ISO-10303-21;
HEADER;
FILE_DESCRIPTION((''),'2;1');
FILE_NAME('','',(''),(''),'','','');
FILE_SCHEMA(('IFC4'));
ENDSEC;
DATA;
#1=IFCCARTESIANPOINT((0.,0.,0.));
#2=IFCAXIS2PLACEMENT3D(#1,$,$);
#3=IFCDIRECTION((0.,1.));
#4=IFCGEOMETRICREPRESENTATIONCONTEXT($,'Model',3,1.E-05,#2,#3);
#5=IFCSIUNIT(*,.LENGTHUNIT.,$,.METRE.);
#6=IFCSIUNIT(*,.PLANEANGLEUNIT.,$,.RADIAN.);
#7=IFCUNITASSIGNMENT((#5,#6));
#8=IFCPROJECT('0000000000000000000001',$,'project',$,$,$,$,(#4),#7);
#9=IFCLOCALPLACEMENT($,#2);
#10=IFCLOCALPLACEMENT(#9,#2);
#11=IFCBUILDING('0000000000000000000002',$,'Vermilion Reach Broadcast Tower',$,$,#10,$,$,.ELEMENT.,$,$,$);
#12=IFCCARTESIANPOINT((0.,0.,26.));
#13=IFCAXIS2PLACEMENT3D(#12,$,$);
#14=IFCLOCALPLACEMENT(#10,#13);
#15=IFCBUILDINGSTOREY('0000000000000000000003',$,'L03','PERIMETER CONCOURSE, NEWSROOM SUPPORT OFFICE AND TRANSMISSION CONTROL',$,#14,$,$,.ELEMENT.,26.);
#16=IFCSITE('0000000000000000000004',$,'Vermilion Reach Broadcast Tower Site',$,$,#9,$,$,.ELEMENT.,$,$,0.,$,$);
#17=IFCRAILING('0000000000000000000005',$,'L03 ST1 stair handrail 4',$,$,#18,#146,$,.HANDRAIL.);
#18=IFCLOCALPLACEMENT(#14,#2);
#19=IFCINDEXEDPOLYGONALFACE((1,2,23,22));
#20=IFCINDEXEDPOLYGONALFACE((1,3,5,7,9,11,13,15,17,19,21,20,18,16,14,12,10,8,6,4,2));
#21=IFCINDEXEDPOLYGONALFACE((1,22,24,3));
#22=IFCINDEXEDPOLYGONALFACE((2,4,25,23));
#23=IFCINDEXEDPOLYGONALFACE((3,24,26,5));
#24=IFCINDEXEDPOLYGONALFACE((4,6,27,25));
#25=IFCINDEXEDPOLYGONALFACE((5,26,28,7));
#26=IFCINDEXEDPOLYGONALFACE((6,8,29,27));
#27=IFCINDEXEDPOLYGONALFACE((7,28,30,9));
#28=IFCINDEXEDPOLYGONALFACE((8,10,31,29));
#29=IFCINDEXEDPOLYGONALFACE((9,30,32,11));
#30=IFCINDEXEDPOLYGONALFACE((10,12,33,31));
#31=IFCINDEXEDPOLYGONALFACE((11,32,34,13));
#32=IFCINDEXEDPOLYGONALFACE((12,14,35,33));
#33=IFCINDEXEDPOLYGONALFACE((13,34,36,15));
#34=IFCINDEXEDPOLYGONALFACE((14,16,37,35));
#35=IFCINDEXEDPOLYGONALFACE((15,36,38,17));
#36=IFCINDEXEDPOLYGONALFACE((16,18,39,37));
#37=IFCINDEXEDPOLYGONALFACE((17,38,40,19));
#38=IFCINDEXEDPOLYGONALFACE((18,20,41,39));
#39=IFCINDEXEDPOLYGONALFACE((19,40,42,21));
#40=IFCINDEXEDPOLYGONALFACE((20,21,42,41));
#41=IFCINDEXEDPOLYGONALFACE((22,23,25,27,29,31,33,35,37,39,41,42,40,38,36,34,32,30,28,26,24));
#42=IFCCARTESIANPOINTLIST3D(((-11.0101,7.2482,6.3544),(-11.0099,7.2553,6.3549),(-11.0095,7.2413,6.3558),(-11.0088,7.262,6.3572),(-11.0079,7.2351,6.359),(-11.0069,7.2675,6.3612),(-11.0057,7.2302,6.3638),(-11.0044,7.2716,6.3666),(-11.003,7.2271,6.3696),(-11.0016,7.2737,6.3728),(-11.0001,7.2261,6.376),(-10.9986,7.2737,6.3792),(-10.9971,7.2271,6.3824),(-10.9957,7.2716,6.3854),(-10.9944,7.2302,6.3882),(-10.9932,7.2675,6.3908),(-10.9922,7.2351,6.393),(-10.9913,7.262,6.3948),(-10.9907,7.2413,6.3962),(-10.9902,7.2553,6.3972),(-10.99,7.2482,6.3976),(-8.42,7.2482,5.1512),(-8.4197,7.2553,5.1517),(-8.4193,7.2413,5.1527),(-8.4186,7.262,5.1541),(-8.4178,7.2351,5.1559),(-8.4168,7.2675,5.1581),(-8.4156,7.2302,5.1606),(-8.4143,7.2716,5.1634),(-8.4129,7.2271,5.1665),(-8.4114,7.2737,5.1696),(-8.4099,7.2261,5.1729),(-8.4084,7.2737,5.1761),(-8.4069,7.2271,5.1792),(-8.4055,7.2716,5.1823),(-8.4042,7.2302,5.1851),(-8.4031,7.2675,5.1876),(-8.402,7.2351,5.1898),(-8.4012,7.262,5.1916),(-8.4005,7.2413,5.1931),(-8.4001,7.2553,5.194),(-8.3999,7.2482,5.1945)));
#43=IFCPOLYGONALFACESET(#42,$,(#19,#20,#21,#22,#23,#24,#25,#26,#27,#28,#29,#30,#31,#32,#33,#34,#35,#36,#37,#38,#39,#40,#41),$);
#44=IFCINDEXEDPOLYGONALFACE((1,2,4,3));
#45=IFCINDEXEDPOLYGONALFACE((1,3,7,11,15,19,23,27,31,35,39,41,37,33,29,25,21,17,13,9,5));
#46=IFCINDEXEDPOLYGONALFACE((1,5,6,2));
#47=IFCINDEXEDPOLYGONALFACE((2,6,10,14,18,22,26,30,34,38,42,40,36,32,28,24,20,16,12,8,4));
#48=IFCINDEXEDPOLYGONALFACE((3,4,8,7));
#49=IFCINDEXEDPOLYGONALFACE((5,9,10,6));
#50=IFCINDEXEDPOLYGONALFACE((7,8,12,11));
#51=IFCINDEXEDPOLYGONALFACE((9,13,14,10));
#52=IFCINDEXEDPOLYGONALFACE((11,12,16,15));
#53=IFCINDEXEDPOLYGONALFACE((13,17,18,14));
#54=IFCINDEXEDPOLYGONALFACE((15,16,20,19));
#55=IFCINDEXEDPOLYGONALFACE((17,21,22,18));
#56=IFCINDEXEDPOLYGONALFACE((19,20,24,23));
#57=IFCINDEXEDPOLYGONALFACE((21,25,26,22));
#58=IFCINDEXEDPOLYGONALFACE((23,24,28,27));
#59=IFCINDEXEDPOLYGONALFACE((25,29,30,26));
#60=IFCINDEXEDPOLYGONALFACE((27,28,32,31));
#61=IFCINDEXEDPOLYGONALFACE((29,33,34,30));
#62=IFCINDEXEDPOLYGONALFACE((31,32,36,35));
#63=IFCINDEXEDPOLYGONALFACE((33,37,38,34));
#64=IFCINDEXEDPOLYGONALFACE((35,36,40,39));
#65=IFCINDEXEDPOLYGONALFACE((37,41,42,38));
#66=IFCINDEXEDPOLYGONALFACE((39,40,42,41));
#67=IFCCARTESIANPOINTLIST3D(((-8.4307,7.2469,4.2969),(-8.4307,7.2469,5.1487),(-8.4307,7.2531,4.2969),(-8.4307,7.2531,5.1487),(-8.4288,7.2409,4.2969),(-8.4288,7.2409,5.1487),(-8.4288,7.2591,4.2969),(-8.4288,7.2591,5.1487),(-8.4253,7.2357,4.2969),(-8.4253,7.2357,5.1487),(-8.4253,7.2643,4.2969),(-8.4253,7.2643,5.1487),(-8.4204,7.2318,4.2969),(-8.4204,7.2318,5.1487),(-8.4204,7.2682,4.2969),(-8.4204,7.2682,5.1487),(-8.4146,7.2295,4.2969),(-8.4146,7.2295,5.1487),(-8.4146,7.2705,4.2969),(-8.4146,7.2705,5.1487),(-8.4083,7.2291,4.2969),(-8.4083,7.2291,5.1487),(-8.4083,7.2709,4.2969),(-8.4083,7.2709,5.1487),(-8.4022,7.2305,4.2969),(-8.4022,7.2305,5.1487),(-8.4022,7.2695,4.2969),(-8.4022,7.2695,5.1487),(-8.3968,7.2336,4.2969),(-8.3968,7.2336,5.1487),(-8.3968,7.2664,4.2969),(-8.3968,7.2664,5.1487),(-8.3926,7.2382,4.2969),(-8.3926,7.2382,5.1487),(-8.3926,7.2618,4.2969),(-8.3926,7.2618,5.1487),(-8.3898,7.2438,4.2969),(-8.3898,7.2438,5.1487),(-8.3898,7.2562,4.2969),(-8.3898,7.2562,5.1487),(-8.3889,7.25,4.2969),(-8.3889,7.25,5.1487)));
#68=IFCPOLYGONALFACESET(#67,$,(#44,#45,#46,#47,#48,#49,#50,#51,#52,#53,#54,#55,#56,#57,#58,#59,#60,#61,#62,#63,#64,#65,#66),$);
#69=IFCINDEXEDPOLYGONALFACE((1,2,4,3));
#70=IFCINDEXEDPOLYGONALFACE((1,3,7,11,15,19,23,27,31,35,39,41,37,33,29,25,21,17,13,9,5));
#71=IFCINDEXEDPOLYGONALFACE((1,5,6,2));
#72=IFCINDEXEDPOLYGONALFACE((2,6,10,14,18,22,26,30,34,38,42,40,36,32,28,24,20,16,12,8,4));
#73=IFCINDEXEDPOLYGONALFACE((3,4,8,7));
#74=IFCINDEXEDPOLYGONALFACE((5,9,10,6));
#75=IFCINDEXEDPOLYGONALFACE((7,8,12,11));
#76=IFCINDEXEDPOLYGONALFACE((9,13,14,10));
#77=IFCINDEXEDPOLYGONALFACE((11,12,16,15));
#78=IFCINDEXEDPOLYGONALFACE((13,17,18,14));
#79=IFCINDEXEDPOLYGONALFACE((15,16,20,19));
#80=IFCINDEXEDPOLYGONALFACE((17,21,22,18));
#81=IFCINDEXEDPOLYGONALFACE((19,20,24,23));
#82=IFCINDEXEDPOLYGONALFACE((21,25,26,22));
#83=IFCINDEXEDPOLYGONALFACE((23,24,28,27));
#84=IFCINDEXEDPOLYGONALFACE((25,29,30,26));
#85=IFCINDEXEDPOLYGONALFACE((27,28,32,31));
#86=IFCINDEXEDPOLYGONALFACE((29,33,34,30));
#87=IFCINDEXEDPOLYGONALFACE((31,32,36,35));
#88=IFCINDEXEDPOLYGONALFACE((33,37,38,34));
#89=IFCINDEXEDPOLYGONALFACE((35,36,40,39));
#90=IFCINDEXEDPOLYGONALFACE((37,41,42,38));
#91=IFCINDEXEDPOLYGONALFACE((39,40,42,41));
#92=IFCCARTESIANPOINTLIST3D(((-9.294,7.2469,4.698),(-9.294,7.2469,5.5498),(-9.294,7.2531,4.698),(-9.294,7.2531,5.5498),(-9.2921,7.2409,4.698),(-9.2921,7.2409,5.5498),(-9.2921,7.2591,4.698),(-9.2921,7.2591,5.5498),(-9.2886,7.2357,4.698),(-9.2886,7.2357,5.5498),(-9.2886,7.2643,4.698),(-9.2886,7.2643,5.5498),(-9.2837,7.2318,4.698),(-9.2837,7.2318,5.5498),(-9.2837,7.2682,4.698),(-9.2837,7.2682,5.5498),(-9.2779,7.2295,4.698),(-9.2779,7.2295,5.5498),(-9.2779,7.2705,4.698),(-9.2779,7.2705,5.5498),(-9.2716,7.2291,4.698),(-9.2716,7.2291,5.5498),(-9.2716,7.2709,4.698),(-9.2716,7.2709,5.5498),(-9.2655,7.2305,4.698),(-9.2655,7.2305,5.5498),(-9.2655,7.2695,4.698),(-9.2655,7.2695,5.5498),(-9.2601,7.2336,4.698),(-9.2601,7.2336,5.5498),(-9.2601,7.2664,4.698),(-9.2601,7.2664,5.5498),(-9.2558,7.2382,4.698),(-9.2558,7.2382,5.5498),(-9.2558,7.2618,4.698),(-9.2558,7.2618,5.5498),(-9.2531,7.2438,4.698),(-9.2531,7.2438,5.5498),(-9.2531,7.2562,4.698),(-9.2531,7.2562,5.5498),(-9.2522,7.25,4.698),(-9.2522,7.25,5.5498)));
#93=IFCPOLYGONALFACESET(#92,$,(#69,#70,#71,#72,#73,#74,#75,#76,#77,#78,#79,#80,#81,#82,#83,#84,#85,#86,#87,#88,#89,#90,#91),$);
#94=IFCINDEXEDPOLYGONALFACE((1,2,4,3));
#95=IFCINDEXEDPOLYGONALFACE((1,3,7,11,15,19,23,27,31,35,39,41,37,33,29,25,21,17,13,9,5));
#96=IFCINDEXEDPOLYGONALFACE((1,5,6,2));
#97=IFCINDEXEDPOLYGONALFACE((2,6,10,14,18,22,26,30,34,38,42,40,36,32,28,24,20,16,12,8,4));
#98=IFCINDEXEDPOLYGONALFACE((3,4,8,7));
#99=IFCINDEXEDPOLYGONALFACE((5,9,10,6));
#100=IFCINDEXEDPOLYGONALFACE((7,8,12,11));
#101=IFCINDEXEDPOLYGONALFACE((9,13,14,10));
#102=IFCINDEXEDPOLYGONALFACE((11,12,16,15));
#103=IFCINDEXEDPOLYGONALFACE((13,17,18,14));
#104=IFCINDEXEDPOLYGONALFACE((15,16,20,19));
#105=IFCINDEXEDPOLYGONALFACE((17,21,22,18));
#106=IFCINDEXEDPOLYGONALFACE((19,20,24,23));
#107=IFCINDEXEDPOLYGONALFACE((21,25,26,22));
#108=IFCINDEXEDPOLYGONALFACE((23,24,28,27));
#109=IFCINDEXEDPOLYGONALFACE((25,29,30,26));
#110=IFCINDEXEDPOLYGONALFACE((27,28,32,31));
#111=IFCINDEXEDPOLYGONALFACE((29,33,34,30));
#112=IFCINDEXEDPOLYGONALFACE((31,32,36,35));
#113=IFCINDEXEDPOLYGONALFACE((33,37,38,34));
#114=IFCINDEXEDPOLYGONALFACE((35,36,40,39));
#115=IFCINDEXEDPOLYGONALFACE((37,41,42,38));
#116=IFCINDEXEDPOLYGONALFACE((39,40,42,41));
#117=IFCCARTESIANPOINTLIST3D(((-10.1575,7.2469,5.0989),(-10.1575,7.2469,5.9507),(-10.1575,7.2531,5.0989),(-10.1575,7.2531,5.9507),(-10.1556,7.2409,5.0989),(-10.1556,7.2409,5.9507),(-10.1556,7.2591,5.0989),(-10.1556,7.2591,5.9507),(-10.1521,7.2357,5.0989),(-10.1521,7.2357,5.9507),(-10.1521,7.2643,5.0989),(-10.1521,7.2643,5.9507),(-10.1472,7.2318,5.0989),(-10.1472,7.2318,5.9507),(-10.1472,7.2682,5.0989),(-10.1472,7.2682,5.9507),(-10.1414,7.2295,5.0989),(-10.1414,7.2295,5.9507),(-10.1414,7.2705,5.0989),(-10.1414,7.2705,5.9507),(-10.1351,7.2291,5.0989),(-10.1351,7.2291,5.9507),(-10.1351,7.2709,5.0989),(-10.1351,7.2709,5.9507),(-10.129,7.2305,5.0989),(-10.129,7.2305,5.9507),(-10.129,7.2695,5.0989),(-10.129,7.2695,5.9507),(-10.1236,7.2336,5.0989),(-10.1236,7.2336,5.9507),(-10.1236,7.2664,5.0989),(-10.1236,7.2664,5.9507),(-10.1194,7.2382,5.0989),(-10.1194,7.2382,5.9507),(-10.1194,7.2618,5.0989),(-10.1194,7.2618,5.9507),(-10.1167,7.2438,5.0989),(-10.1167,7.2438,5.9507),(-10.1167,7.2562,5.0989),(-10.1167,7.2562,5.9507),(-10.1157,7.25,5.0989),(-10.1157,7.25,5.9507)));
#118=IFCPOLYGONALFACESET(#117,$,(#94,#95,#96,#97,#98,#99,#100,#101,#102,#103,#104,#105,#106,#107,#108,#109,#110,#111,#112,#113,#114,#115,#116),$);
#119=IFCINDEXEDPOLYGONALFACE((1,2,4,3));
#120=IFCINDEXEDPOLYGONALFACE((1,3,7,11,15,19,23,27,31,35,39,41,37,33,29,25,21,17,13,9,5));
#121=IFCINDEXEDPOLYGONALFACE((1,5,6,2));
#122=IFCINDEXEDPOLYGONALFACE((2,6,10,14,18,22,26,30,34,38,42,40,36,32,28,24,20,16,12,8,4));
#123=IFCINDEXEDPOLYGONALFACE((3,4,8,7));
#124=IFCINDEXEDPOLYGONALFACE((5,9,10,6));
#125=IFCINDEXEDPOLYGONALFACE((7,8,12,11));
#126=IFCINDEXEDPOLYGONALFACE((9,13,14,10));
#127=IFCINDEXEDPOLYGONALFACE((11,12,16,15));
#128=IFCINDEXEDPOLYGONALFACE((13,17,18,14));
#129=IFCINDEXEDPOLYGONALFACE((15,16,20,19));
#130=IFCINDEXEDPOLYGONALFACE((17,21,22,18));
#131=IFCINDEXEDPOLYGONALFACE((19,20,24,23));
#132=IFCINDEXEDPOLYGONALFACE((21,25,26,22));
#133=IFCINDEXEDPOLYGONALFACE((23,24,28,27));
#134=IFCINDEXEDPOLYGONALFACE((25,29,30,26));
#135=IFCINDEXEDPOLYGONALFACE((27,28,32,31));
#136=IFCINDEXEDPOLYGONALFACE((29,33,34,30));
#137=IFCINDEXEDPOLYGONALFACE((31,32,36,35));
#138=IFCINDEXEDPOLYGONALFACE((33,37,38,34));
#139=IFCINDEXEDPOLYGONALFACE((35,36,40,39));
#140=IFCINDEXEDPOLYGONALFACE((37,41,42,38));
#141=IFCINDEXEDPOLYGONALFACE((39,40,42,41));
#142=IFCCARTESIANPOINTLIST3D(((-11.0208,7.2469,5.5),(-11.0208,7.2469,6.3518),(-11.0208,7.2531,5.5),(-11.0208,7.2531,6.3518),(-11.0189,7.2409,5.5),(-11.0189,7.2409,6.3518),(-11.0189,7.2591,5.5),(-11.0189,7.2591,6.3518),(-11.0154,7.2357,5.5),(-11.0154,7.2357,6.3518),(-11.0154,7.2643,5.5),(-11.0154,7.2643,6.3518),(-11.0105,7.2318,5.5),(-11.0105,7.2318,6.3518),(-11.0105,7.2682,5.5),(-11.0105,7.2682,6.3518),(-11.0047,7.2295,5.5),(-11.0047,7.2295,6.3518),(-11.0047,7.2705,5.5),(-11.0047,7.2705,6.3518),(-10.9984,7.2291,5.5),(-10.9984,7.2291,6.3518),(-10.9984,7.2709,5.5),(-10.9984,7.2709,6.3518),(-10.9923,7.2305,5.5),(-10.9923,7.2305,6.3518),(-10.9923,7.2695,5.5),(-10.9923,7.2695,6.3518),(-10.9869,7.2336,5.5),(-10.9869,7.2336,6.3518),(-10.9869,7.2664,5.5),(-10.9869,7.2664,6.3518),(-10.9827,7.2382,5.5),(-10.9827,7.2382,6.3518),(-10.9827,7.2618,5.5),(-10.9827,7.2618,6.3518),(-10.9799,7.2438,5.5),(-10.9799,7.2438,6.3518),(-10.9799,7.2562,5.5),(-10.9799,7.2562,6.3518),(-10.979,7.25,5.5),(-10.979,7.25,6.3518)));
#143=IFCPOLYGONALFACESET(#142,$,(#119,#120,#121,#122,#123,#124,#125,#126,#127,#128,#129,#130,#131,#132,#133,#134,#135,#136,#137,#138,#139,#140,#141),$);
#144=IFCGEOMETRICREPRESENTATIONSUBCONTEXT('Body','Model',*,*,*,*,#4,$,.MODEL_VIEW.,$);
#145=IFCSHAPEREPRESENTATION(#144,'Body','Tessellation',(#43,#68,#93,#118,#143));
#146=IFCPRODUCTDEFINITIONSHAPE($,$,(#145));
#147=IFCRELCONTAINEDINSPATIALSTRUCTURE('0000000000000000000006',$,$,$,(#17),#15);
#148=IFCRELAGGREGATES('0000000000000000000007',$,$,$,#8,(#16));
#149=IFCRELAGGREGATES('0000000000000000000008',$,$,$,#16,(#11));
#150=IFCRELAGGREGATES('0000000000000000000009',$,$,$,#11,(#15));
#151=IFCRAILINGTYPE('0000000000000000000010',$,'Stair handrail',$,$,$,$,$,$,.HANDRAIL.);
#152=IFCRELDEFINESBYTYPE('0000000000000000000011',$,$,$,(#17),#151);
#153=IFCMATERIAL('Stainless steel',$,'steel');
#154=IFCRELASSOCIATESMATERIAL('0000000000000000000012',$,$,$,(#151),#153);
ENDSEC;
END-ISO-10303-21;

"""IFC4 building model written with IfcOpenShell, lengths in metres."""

from ifc_helpers import new_model, si_unit, direction, frame, origin, origin_2d, place, context, subcontext, project, spatial, circle, extrude, material, type_object, element, save


model = new_model("IFC4")

# Units and contexts
model_context = context("Model", 3, precision=1e-05, world=origin(), true_north=direction((0.0, 1.0)))
body_context = subcontext(model_context, "Body", "Model", "MODEL_VIEW")
ifc_project = project(units=[si_unit("LENGTHUNIT", "METRE"), si_unit("PLANEANGLEUNIT", "RADIAN")], contexts=[model_context])

# Site, building, storey
site_placement = place(None, origin())
site = spatial("IfcSite", under=ifc_project, at=site_placement, Name="Vermilion Reach Broadcast Tower Site", CompositionType="ELEMENT", RefElevation=0.0)
building_placement = place(site_placement, origin())
building = spatial("IfcBuilding", under=site, at=building_placement, Name="Vermilion Reach Broadcast Tower", CompositionType="ELEMENT")
storey_placement = place(building_placement, frame((0.0, 0.0, 26.0)))
storey = spatial("IfcBuildingStorey", under=building, at=storey_placement, Name="L03", Description="PERIMETER CONCOURSE, NEWSROOM SUPPORT OFFICE AND TRANSMISSION CONTROL", CompositionType="ELEMENT", Elevation=26.0)

# Railing
ifc_material_1 = material(Name="Stainless steel", Category="steel")
railing_type_1 = type_object("IfcRailingType", Name="Stair handrail", PredefinedType="HANDRAIL", material=ifc_material_1)
for number, where, name in (
    (1, (-8.4099, 7.25, 4.2969), "L03 ST1 stair handrail 4"),
):
    element("IfcRailing", number, at=place(storey_placement, frame(where)), inside=storey, type_object=railing_type_1, Name=name, PredefinedType="HANDRAIL", context=body_context, shape_type="SweptSolid", body=[
        extrude(circle(Radius=0.0239, at=origin_2d()), frame((0.0, 0.0, 0.876), z_axis=(-0.906931, 0.0, 0.42128), x_axis=(0.0, -1.0, 0.0)), (0.0, 0.0, 1.0), 2.856),
        extrude(circle(Radius=0.021, at=origin_2d()), origin(), (0.0, 0.0, 1.0), 0.8518),
        extrude(circle(Radius=0.021, at=origin_2d()), frame((-0.8633, 0.0, 0.4011)), (0.0, 0.0, 1.0), 0.8518),
        extrude(circle(Radius=0.021, at=origin_2d()), frame((-1.7268, 0.0, 0.802)), (0.0, 0.0, 1.0), 0.8518),
        extrude(circle(Radius=0.021, at=origin_2d()), frame((-2.5901, 0.0, 1.2031)), (0.0, 0.0, 1.0), 0.8518),
    ])

save(model, "model.ifc")
